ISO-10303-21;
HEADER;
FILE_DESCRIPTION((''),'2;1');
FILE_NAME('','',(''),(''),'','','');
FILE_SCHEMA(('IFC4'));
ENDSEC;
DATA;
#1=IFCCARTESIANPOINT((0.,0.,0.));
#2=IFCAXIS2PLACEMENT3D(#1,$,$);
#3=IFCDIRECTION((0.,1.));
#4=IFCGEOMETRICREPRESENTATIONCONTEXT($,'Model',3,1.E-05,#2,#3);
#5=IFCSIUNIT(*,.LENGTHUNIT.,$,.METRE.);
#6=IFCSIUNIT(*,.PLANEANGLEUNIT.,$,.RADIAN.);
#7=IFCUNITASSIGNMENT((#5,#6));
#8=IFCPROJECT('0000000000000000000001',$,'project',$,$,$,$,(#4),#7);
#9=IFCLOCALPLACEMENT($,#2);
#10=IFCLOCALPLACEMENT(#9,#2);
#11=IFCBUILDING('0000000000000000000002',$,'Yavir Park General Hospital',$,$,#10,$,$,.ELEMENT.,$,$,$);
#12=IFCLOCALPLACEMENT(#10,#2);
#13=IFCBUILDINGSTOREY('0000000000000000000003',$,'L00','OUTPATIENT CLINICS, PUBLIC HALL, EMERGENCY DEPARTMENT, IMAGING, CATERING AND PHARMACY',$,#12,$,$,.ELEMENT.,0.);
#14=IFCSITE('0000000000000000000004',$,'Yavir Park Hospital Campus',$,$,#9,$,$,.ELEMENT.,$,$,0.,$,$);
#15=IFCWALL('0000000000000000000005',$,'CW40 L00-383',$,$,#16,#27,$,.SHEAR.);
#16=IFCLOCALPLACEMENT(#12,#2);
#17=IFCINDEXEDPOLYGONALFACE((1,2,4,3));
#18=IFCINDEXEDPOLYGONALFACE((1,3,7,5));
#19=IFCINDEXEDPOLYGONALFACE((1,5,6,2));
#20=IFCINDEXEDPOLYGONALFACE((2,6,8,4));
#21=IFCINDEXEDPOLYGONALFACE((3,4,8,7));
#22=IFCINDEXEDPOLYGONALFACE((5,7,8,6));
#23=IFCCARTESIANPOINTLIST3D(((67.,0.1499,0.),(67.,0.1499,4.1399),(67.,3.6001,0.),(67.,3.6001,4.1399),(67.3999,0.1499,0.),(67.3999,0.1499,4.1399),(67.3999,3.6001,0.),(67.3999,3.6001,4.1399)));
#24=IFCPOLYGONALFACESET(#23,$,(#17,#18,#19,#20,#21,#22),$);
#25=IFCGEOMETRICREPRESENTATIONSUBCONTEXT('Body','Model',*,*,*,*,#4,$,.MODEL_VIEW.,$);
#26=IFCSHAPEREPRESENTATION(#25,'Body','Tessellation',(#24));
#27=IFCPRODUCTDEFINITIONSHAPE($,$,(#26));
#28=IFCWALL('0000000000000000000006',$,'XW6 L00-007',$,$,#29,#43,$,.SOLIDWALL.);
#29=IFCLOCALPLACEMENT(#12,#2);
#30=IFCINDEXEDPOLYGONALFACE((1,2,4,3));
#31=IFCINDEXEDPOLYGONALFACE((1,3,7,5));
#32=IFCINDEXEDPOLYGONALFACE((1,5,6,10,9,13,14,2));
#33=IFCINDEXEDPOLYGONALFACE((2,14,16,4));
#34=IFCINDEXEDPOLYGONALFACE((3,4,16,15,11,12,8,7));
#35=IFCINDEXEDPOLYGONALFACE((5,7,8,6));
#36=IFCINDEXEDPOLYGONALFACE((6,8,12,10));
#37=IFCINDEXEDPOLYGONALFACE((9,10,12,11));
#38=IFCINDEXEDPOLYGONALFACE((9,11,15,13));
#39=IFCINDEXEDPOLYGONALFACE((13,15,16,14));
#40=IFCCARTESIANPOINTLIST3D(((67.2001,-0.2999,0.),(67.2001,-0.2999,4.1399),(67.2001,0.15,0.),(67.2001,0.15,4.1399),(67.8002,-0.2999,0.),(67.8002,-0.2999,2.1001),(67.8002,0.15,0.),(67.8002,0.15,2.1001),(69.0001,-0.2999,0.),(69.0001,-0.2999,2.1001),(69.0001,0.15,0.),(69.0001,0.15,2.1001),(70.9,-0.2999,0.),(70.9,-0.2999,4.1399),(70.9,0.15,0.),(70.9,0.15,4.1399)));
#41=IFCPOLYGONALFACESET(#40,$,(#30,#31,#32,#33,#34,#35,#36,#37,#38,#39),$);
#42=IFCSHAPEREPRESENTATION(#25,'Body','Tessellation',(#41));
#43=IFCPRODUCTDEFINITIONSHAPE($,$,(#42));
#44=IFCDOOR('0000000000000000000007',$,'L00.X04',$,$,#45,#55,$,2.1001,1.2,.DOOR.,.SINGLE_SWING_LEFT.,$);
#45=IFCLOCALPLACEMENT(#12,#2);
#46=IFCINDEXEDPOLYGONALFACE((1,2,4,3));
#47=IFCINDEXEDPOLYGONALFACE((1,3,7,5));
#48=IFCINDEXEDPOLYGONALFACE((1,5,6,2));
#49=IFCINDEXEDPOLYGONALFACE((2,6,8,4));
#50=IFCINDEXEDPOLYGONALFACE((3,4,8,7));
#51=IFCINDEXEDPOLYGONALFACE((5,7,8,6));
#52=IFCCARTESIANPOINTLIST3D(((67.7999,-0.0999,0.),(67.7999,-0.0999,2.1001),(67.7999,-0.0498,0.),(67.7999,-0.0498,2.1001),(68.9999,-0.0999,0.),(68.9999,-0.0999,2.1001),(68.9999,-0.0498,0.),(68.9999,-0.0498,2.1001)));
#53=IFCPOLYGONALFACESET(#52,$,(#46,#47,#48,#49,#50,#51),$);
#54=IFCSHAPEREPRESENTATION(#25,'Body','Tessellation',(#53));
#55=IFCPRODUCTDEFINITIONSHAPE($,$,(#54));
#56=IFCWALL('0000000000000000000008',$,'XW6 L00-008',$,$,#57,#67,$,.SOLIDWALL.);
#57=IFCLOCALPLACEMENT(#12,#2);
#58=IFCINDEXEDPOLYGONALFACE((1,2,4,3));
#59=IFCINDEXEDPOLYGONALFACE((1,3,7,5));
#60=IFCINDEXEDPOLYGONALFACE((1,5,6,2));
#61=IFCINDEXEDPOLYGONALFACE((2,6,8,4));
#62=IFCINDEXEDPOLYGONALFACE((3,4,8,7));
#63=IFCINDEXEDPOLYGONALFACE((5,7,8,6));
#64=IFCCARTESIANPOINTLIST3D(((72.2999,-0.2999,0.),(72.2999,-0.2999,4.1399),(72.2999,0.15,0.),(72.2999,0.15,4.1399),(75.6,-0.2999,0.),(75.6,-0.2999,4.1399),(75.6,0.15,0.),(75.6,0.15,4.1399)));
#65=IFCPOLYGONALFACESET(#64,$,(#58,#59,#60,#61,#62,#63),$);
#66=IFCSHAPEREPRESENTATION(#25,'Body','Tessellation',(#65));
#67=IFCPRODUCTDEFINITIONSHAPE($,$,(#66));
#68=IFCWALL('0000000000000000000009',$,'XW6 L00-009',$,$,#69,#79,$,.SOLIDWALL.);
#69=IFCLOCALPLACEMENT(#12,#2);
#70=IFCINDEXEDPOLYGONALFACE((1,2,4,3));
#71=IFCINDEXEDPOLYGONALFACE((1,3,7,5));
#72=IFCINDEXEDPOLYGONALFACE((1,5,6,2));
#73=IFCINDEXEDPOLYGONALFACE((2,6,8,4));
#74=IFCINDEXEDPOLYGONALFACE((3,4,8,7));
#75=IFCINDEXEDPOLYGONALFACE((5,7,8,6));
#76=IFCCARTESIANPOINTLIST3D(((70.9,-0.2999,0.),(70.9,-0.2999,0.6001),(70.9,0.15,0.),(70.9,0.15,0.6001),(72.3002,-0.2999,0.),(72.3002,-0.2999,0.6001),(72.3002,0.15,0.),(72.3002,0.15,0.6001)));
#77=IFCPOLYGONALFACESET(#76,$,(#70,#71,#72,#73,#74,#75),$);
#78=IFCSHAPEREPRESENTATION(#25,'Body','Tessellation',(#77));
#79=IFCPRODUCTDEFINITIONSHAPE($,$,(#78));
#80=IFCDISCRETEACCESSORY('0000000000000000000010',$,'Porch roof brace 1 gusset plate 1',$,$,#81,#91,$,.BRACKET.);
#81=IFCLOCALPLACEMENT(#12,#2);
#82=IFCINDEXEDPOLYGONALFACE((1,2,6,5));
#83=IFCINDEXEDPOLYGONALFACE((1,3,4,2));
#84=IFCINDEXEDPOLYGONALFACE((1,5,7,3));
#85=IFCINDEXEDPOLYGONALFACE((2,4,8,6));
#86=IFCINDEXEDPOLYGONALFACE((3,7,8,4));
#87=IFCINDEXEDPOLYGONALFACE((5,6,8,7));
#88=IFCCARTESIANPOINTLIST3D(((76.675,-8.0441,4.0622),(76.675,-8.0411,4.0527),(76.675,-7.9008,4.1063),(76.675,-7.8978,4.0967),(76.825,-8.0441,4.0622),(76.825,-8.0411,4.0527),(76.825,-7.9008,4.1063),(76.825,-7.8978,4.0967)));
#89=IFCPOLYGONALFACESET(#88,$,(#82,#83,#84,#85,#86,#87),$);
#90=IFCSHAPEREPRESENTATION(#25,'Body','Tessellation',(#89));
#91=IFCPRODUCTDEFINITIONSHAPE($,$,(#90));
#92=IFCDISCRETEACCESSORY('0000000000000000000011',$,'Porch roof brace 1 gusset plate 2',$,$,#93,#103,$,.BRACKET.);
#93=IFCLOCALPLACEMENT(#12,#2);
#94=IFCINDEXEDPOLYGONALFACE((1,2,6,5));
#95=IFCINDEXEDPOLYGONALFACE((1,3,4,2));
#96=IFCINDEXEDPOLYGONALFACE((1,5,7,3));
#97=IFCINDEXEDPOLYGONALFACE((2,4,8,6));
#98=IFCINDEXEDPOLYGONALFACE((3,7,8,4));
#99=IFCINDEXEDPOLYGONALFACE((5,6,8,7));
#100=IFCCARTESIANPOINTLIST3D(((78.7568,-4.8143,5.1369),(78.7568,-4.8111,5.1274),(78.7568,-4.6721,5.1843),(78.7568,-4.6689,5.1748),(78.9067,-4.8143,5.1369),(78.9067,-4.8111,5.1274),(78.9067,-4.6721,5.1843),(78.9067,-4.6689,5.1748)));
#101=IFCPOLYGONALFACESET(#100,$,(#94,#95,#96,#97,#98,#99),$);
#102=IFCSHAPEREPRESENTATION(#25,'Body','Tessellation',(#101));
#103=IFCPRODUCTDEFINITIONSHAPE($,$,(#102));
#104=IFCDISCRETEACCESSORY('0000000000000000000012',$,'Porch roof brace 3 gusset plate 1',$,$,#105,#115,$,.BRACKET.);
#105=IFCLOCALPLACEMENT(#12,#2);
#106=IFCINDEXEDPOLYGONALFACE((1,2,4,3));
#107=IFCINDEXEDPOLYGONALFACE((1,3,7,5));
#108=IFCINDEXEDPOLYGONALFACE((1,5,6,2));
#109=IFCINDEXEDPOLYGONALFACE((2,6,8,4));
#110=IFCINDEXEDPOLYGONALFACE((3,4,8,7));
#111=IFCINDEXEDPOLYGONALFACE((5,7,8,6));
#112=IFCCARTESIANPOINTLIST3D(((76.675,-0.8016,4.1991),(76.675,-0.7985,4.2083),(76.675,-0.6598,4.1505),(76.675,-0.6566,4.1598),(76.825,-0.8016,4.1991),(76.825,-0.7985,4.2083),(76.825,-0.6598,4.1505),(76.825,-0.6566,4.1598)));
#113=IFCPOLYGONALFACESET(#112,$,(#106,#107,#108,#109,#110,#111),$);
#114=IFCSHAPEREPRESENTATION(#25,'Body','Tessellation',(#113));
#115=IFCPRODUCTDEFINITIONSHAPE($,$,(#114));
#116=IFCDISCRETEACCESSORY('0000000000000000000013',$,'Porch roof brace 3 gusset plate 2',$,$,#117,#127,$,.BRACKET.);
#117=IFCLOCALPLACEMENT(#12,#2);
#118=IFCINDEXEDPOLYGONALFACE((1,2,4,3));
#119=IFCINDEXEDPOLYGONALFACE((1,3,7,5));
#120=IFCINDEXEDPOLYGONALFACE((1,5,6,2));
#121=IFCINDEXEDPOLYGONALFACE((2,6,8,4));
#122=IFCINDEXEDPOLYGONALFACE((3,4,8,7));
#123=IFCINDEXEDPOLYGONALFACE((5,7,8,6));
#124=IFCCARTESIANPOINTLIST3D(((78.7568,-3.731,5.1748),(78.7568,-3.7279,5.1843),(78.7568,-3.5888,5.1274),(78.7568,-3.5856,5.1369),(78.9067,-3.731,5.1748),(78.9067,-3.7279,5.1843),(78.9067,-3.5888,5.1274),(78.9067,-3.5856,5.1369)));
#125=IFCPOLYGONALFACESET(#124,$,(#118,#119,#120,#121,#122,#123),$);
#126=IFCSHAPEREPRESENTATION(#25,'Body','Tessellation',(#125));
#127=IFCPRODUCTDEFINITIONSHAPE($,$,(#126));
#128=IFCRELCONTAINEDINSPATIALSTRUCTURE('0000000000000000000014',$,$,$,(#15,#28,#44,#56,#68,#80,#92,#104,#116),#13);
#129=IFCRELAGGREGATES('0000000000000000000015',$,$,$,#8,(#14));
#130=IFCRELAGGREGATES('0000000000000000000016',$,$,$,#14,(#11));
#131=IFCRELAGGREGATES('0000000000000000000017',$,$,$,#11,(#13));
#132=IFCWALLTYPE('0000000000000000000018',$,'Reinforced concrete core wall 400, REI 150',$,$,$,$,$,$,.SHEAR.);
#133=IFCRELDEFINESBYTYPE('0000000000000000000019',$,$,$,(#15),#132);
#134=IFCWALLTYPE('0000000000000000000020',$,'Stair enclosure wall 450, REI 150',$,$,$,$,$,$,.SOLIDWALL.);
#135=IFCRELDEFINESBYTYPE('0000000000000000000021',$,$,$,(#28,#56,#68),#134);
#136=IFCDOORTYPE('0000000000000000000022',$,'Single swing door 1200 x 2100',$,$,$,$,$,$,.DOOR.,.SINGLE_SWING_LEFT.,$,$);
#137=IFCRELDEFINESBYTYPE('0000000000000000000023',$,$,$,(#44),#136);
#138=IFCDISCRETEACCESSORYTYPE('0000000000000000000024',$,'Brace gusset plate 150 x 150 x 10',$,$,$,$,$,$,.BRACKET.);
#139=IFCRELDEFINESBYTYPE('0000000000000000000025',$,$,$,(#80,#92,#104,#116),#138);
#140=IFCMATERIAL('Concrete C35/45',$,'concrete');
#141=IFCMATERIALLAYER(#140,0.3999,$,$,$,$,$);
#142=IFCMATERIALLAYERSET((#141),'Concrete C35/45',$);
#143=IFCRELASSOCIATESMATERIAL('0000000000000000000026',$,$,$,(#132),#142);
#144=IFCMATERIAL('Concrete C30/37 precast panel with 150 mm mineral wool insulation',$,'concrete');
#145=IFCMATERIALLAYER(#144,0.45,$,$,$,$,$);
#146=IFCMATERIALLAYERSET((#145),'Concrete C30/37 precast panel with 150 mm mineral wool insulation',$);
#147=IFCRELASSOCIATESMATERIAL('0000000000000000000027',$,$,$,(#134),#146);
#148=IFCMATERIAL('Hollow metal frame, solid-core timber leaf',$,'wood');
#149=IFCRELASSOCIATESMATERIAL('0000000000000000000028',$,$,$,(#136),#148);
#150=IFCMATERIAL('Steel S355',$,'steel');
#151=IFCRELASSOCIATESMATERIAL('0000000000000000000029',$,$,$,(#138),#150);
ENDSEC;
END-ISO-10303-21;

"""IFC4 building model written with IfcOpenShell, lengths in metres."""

from ifc_helpers import new_model, si_unit, direction, frame, frame_2d, origin, origin_2d, place, context, subcontext, project, spatial, rectangle, extrude, material, layer, layer_set, material_profile, profile_set, type_object, element, fill, save


model = new_model("IFC4")

# Units and contexts
model_context = context("Model", 3, precision=1e-05, world=origin(), true_north=direction((0.0, 1.0)))
body_context = subcontext(model_context, "Body", "Model", "MODEL_VIEW")
ifc_project = project(units=[si_unit("LENGTHUNIT", "METRE"), si_unit("PLANEANGLEUNIT", "RADIAN")], contexts=[model_context])

# Site, building, storey
site_placement = place(None, origin())
site = spatial("IfcSite", under=ifc_project, at=site_placement, Name="Yavir Park Hospital Campus", CompositionType="ELEMENT", RefElevation=0.0)
building_placement = place(site_placement, origin())
building = spatial("IfcBuilding", under=site, at=building_placement, Name="Yavir Park General Hospital", CompositionType="ELEMENT")
storey_placement = place(building_placement, origin())
storey = spatial("IfcBuildingStorey", under=building, at=storey_placement, Name="L00", Description="OUTPATIENT CLINICS, PUBLIC HALL, EMERGENCY DEPARTMENT, IMAGING, CATERING AND PHARMACY", CompositionType="ELEMENT", Elevation=0.0)

# Wall
ifc_material_1 = material(Name="Concrete C35/45", Category="concrete")
ifc_layer_1 = layer(ifc_material_1, 0.3999)
ifc_layer_set_1 = layer_set([ifc_layer_1], Name="Concrete C35/45")
wall_type_1 = type_object("IfcWallType", Name="Reinforced concrete core wall 400, REI 150", PredefinedType="SHEAR", material=ifc_layer_set_1)
wall_1_placement = place(storey_placement, frame((67.2, 0.1499, 0.0), z_axis=(0.0, 0.0, 1.0), x_axis=(0.0, 1.0, 0.0)))
element("IfcWall", 1, at=wall_1_placement, inside=storey, type_object=wall_type_1, Name="CW40 L00-383", PredefinedType="SHEAR", context=body_context, shape_type="SweptSolid", body=[
    extrude(rectangle(XDim=3.4502, YDim=0.3999, at=frame_2d((1.7251, 0.0))), origin(), (0.0, 0.0, 1.0), 4.1399),
])

# Wall, opening, door
ifc_material_2 = material(Name="Concrete C30/37 precast panel with 150 mm mineral wool insulation", Category="concrete")
ifc_layer_2 = layer(ifc_material_2, 0.45)
ifc_layer_set_2 = layer_set([ifc_layer_2], Name="Concrete C30/37 precast panel with 150 mm mineral wool insulation")
wall_type_2 = type_object("IfcWallType", Name="Stair enclosure wall 450, REI 150", PredefinedType="SOLIDWALL", material=ifc_layer_set_2)
wall_2_placement = place(storey_placement, frame((67.2, -0.075, 0.0), z_axis=(0.0, 0.0, 1.0), x_axis=(1.0, 0.0, 0.0)))
wall_2 = element("IfcWall", 2, at=wall_2_placement, inside=storey, type_object=wall_type_2, Name="XW6 L00-007", PredefinedType="SOLIDWALL", context=body_context, shape_type="SweptSolid", body=[
    extrude(rectangle(XDim=3.7, YDim=0.45, at=frame_2d((1.8501, 0.0))), origin(), (0.0, 0.0, 1.0), 4.1399),
])
opening_1_placement = place(wall_2_placement, frame((0.6001, 0.0, 0.0)))
opening_1 = element("IfcOpeningElement", 3, at=opening_1_placement, cuts=wall_2, PredefinedType="OPENING", context=body_context, shape_type="SweptSolid", body=[
    extrude(rectangle(XDim=1.2, YDim=2.1001, at=frame_2d((0.6001, 1.05))), frame((0.0, 0.2349, 0.0), z_axis=(0.0, -1.0, 0.0), x_axis=(1.0, 0.0, 0.0)), (0.0, 0.0, 1.0), 0.47),
])
ifc_material_3 = material(Name="Hollow metal frame, solid-core timber leaf", Category="wood")
door_type_1 = type_object("IfcDoorType", Name="Single swing door 1200 x 2100", OperationType="SINGLE_SWING_LEFT", PredefinedType="DOOR", material=ifc_material_3)
door_1_placement = place(opening_1_placement, frame((1.2, 0.0, 0.0), x_axis=(-1.0, 0.0, 0.0)))
door_1 = element("IfcDoor", 4, at=door_1_placement, inside=storey, type_object=door_type_1, Name="L00.X04", OperationType="SINGLE_SWING_LEFT", OverallHeight=2.1001, OverallWidth=1.2, PredefinedType="DOOR", context=body_context, shape_type="SweptSolid", body=[
    extrude(rectangle(XDim=1.2, YDim=2.1001, at=frame_2d((0.6001, 1.05))), frame((0.0, 0.0249, 0.0), z_axis=(0.0, -1.0, 0.0), x_axis=(1.0, 0.0, 0.0)), (0.0, 0.0, 1.0), 0.05),
])
fill(opening_1, door_1)

# Walls
wall_3_placement = place(storey_placement, frame((72.3, -0.075, 0.0), z_axis=(0.0, 0.0, 1.0), x_axis=(1.0, 0.0, 0.0)))
element("IfcWall", 5, at=wall_3_placement, inside=storey, type_object=wall_type_2, Name="XW6 L00-008", PredefinedType="SOLIDWALL", context=body_context, shape_type="SweptSolid", body=[
    extrude(rectangle(XDim=3.3, YDim=0.45, at=frame_2d((1.6499, 0.0))), origin(), (0.0, 0.0, 1.0), 4.1399),
])
wall_4_placement = place(storey_placement, frame((70.8999, -0.075, 0.0), z_axis=(0.0, 0.0, 1.0), x_axis=(1.0, 0.0, 0.0)))
element("IfcWall", 6, at=wall_4_placement, inside=storey, type_object=wall_type_2, Name="XW6 L00-009", PredefinedType="SOLIDWALL", context=body_context, shape_type="SweptSolid", body=[
    extrude(rectangle(XDim=1.4001, YDim=0.45, at=frame_2d((0.7002, 0.0))), origin(), (0.0, 0.0, 1.0), 0.6001),
])

# Discrete accessories
ifc_material_4 = material(Name="Steel S355", Category="steel")
ifc_material_profile_1 = material_profile(ifc_material_4, rectangle(XDim=0.1499, YDim=0.1499, at=origin_2d()), Name="PL150x150")
ifc_profile_set_1 = profile_set([ifc_material_profile_1], Name="Steel S355")
discrete_accessory_type = type_object("IfcDiscreteAccessoryType", Name="Brace gusset plate 150 x 150 x 10", PredefinedType="BRACKET", material=ifc_profile_set_1)
for number, where, z_axis, x_axis, name in (
    (7, (76.75, -7.9695, 4.0747), (0.0, -0.294086, 0.955779), (1.0, 0.0, 0.0), "Porch roof brace 1 gusset plate 1"),
    (8, (78.8318, -4.74, 5.1511), (0.0, -0.316228, 0.948683), (1.0, 0.0, 0.0), "Porch roof brace 1 gusset plate 2"),
):
    element("IfcDiscreteAccessory", number, at=place(storey_placement, frame(where, z_axis=z_axis, x_axis=x_axis)), inside=storey, type_object=discrete_accessory_type, Name=name, PredefinedType="BRACKET", context=body_context, shape_type="SweptSolid", body=[
        extrude(rectangle(XDim=0.1499, YDim=0.1499, at=origin_2d()), origin(), (0.0, 0.0, 1.0), 0.01),
    ])
discrete_accessory_1_placement = place(storey_placement, frame((76.75, -0.7307, 4.1748), z_axis=(0.0, 0.323688, 0.946164), x_axis=(-1.0, 0.0, 0.0)))
element("IfcDiscreteAccessory", 9, at=discrete_accessory_1_placement, inside=storey, type_object=discrete_accessory_type, Name="Porch roof brace 3 gusset plate 1", PredefinedType="BRACKET", context=body_context, shape_type="SweptSolid", body=[
    extrude(rectangle(XDim=0.1499, YDim=0.1499, at=origin_2d()), origin(), (0.0, 0.0, 1.0), 0.0098),
])
discrete_accessory_2_placement = place(storey_placement, frame((78.8318, -3.6599, 5.1511), z_axis=(0.0, 0.316228, 0.948683), x_axis=(-1.0, 0.0, 0.0)))
element("IfcDiscreteAccessory", 10, at=discrete_accessory_2_placement, inside=storey, type_object=discrete_accessory_type, Name="Porch roof brace 3 gusset plate 2", PredefinedType="BRACKET", context=body_context, shape_type="SweptSolid", body=[
    extrude(rectangle(XDim=0.1499, YDim=0.1499, at=origin_2d()), origin(), (0.0, 0.0, 1.0), 0.01),
])

save(model, "model.ifc")
